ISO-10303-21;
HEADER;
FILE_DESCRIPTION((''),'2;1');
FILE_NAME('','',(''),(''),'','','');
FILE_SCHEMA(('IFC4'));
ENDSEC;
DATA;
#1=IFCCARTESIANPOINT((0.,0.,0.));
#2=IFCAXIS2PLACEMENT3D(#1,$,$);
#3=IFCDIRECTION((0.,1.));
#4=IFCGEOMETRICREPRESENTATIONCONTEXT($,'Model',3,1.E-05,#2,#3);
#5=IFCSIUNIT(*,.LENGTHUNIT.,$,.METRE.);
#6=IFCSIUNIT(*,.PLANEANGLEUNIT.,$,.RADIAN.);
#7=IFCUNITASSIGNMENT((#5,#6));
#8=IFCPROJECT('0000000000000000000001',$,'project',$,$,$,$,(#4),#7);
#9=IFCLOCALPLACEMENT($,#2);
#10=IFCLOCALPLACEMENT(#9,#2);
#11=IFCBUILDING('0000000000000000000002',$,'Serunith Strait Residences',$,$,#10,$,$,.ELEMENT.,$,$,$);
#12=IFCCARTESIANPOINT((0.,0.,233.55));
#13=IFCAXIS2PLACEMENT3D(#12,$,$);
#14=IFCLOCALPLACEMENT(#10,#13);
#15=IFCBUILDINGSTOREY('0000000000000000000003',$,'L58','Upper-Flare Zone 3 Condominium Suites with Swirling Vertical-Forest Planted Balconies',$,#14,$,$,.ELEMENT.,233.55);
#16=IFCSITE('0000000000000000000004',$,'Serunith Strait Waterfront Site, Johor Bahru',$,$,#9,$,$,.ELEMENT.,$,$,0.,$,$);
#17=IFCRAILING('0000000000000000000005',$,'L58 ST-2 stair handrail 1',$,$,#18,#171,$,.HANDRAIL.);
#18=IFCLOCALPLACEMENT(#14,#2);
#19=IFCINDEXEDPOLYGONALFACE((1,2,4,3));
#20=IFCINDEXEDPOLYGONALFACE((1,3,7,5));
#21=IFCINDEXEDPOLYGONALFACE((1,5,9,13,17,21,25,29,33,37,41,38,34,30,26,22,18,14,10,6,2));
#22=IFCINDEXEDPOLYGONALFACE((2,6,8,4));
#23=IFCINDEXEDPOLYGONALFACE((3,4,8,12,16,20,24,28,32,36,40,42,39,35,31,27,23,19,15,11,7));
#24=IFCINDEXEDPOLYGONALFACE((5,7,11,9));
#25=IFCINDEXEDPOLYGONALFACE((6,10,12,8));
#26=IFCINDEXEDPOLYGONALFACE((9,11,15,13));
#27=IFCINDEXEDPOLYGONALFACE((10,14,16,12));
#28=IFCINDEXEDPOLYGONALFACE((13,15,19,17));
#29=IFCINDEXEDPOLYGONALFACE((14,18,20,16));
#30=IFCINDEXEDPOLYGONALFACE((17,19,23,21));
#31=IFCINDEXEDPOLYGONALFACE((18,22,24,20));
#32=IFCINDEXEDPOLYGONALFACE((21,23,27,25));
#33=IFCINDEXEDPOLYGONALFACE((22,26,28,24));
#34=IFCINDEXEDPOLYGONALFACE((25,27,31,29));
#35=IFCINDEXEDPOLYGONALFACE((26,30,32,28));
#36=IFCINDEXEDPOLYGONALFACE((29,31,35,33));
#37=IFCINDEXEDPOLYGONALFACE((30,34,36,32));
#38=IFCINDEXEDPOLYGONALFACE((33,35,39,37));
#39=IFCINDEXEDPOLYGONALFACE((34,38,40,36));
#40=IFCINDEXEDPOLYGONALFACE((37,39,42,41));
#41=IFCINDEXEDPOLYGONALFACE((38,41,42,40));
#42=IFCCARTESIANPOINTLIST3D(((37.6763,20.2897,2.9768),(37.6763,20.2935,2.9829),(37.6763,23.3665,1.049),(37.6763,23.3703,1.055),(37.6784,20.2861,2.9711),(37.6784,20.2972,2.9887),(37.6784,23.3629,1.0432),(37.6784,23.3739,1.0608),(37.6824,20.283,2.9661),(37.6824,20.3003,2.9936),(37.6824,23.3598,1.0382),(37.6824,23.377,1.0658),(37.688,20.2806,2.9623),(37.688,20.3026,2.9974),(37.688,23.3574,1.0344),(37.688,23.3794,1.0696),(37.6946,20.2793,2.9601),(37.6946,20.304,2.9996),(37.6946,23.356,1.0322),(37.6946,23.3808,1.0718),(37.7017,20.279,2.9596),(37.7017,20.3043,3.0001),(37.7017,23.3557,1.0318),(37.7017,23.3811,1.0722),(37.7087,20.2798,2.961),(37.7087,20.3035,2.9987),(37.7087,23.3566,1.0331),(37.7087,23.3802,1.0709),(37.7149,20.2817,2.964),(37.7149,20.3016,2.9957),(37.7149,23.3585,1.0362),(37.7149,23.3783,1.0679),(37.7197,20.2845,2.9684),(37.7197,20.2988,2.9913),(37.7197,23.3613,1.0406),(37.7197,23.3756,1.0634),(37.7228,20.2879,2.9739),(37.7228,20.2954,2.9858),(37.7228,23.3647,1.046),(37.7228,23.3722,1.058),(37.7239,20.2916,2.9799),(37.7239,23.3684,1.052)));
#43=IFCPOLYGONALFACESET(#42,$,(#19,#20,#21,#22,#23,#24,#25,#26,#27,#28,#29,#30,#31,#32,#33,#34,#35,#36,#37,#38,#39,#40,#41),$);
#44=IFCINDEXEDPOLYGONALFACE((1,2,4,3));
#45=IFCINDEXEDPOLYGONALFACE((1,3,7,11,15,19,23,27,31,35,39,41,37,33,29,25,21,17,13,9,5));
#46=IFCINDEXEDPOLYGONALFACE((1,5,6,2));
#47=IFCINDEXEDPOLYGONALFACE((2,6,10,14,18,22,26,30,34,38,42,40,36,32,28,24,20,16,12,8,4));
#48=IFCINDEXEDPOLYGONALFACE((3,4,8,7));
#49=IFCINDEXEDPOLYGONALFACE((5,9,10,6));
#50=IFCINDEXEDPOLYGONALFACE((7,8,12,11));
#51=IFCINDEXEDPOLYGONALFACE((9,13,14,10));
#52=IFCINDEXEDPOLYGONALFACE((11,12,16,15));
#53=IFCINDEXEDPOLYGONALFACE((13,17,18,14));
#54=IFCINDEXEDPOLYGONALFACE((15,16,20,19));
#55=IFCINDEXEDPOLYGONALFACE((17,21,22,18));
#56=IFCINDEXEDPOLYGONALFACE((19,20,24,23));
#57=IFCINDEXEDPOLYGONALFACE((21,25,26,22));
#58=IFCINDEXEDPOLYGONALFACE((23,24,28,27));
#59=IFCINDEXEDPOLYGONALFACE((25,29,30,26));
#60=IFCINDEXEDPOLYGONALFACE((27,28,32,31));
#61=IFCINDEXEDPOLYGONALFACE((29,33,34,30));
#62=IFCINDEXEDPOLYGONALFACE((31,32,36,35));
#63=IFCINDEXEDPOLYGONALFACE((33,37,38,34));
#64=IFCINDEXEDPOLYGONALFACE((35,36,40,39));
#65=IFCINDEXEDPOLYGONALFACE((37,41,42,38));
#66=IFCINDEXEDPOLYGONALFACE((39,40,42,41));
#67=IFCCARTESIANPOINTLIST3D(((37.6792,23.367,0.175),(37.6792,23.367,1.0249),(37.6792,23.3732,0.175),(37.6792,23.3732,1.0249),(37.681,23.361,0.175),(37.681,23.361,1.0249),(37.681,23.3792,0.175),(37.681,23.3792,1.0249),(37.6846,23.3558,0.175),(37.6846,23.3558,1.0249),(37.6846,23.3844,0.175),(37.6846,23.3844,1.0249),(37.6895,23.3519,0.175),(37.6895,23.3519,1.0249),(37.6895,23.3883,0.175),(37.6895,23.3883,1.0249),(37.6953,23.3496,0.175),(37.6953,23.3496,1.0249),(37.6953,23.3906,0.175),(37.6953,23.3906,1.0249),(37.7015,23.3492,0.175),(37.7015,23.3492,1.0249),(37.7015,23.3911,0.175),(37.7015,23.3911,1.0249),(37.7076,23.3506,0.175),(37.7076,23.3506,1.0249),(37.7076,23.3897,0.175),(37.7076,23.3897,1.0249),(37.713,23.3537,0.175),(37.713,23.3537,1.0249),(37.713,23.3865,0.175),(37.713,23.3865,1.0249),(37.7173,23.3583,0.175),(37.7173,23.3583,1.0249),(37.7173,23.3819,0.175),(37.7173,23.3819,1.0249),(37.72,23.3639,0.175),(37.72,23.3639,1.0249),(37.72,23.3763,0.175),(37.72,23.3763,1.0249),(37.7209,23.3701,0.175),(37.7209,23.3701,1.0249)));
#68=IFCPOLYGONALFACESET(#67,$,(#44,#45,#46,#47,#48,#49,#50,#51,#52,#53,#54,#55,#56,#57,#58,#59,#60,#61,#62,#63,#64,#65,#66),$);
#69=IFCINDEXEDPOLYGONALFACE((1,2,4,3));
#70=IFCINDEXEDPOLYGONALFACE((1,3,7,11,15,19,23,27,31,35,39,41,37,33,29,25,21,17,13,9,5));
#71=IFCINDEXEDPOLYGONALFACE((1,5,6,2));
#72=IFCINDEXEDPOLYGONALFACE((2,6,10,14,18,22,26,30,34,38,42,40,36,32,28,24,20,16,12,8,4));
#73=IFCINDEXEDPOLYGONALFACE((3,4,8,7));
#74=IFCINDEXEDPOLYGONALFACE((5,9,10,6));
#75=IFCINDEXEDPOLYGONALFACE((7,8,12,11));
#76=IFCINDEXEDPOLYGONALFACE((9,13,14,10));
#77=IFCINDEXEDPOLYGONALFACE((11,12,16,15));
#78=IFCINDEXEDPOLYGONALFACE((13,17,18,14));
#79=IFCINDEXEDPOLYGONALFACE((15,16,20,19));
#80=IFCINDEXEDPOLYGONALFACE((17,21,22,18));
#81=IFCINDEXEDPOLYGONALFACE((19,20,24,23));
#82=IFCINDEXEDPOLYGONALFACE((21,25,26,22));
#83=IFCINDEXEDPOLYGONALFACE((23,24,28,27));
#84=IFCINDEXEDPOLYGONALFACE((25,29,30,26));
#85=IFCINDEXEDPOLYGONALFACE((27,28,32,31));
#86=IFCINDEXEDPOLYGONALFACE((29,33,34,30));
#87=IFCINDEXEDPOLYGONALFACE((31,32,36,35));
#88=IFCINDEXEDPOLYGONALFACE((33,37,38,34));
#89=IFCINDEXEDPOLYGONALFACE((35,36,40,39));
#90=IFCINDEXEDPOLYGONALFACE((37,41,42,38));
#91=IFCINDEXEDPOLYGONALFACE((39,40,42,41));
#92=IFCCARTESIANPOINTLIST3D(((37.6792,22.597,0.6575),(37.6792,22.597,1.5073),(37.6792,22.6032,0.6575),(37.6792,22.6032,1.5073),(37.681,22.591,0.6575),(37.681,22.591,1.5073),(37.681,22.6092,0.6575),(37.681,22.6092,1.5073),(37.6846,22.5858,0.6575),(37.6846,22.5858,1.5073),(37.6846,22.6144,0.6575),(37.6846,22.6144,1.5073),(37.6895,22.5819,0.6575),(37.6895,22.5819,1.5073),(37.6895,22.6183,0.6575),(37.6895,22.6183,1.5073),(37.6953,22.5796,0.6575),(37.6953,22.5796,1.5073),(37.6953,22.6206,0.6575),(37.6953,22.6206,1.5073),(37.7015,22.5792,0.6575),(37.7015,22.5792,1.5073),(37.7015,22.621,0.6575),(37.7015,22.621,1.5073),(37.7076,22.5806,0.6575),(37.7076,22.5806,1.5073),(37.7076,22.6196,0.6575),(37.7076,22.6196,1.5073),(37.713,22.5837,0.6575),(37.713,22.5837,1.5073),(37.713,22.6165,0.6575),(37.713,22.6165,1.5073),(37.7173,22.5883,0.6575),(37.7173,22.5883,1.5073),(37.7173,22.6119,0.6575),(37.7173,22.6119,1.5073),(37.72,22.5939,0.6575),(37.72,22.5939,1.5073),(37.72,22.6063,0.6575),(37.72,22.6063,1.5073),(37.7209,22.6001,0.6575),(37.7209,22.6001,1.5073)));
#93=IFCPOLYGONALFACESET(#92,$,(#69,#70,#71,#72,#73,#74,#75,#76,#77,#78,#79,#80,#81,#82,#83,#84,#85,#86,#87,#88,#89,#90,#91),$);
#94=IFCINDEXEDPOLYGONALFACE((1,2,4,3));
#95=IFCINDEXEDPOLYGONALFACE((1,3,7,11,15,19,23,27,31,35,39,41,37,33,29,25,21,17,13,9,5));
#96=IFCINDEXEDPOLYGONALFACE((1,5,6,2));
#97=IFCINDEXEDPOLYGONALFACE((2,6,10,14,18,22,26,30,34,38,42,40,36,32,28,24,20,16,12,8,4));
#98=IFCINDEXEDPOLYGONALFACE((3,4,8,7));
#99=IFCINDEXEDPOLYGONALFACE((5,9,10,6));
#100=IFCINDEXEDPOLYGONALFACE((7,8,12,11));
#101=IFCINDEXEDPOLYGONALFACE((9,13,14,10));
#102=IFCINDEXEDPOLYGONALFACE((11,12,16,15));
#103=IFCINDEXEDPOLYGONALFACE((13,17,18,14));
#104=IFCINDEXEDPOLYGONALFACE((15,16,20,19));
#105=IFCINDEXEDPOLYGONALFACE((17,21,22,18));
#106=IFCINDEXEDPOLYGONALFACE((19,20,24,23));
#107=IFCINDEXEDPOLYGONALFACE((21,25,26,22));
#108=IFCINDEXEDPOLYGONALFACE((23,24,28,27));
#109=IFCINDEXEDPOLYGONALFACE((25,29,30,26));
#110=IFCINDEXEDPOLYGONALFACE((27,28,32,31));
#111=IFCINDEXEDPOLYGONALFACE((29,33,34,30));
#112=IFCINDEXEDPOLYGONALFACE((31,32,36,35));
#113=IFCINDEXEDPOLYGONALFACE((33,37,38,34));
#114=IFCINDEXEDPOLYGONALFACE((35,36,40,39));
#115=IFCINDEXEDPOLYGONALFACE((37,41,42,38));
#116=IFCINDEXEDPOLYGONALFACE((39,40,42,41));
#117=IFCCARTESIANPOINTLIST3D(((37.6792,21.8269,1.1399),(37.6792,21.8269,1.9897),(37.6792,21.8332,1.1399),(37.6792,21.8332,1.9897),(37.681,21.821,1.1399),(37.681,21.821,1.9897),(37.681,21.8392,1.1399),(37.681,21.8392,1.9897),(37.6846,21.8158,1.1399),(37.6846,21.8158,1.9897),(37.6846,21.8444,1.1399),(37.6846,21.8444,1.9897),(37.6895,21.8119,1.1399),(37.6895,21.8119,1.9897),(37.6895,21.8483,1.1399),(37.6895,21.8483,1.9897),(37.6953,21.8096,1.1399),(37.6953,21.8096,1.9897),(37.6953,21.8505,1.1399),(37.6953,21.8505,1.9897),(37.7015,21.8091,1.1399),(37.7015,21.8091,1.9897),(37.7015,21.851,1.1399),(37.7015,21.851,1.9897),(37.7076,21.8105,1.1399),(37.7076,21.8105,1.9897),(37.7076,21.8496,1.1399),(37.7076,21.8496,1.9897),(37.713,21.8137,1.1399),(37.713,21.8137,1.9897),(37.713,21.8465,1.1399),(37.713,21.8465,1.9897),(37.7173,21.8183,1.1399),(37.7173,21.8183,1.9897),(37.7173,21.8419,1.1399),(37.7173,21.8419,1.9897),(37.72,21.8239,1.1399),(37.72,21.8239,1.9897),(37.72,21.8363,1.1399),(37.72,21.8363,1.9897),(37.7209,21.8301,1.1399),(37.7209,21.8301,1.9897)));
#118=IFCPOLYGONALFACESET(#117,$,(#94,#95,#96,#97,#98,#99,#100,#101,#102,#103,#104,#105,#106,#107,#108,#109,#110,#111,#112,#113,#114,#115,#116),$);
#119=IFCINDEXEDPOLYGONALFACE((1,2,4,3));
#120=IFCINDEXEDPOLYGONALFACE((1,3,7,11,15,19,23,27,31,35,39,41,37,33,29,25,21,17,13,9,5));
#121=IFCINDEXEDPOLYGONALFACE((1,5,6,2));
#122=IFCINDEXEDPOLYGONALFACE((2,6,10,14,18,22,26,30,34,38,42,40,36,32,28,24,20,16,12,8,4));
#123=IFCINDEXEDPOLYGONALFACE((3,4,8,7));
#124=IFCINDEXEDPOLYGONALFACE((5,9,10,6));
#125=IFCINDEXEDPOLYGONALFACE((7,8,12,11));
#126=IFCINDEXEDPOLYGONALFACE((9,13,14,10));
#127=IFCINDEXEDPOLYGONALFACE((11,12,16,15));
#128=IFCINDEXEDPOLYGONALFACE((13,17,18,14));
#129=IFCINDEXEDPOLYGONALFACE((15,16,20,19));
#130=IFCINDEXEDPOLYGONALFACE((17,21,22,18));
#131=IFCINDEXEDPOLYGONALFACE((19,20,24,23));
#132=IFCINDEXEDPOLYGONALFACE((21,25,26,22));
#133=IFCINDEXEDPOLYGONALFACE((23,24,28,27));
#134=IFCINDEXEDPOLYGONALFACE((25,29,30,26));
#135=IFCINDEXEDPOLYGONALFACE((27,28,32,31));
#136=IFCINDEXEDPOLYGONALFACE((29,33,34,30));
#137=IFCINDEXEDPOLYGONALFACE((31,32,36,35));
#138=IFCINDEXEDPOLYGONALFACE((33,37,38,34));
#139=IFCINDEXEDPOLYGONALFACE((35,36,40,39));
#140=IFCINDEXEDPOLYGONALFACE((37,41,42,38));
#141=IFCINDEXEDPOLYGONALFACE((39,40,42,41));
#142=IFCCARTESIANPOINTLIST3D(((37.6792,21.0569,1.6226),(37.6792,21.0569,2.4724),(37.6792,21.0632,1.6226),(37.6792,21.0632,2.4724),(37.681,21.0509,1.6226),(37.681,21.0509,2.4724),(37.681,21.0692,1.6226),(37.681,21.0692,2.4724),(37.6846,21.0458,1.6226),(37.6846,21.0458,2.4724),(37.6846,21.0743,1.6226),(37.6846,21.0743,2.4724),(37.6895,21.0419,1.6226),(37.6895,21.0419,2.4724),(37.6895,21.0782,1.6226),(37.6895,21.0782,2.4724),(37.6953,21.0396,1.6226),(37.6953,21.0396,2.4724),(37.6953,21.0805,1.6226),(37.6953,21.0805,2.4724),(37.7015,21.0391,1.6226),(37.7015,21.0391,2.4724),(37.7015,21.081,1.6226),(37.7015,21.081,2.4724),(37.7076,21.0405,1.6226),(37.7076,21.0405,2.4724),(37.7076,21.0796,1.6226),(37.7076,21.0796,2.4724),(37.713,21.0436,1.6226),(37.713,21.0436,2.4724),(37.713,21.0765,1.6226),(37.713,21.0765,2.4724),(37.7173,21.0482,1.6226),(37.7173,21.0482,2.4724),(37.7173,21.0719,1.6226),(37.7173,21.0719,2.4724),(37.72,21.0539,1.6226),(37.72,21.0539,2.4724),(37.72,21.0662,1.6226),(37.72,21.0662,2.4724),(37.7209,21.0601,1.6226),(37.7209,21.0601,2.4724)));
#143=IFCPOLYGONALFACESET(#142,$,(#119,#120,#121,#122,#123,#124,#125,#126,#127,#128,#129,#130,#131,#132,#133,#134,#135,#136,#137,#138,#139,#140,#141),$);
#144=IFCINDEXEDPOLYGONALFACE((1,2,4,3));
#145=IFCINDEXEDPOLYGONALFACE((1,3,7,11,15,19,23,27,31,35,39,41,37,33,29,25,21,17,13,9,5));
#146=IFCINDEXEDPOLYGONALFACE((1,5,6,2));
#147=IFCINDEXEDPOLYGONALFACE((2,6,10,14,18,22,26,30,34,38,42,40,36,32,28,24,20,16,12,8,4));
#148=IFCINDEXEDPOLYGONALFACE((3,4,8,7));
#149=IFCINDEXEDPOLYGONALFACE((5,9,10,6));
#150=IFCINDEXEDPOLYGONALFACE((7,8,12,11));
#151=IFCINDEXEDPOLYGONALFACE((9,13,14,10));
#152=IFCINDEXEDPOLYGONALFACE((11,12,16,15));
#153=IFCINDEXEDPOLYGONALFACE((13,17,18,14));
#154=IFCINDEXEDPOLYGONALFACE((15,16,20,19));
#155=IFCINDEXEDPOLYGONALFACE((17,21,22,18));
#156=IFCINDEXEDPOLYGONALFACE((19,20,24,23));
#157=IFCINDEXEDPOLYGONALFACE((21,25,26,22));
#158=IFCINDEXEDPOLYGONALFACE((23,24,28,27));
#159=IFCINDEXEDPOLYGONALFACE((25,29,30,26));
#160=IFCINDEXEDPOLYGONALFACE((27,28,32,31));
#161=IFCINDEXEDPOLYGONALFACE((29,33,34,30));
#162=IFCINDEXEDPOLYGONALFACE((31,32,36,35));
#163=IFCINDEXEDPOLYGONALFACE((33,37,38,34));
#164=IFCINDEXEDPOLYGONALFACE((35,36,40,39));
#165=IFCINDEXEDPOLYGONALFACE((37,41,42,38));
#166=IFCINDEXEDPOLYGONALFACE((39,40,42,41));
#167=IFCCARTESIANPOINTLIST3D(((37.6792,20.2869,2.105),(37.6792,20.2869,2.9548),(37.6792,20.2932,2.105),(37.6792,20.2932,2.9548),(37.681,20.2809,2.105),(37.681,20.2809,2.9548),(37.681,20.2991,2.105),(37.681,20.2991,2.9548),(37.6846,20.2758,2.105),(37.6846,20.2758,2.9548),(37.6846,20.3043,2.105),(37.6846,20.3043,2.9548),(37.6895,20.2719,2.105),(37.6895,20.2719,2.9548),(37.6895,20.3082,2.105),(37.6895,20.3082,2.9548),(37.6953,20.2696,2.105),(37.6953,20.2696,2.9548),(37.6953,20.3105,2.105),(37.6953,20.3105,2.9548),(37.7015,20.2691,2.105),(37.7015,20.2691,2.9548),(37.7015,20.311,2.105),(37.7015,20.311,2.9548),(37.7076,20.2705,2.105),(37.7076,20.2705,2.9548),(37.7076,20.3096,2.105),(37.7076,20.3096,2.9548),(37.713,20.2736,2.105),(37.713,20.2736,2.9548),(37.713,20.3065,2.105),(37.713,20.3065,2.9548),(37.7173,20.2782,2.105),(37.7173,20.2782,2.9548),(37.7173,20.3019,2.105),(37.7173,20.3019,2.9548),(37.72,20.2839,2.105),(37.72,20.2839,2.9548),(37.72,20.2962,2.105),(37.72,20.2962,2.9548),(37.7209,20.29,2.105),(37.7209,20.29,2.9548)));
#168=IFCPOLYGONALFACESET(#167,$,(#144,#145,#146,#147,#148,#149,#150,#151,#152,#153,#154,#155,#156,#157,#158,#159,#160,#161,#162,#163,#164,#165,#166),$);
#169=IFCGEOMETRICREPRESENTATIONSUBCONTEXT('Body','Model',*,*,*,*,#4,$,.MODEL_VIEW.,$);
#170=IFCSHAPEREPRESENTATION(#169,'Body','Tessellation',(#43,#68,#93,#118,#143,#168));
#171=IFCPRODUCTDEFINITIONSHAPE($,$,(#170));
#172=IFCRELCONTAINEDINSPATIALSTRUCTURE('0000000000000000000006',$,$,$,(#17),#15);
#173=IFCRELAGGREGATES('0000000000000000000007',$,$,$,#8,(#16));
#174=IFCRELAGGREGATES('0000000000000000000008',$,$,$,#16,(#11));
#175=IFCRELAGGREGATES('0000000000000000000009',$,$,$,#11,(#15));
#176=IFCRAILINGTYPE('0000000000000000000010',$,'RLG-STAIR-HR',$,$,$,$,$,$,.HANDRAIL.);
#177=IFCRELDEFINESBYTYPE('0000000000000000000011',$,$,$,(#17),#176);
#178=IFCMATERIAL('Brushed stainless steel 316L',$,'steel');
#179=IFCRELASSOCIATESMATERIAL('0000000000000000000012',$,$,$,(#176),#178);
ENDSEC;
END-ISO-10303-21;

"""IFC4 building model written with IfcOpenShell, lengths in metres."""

from ifc_helpers import new_model, si_unit, direction, frame, origin, origin_2d, place, context, subcontext, project, spatial, circle, extrude, material, type_object, element, save


model = new_model("IFC4")

# Units and contexts
model_context = context("Model", 3, precision=1e-05, world=origin(), true_north=direction((0.0, 1.0)))
body_context = subcontext(model_context, "Body", "Model", "MODEL_VIEW")
ifc_project = project(units=[si_unit("LENGTHUNIT", "METRE"), si_unit("PLANEANGLEUNIT", "RADIAN")], contexts=[model_context])

# Site, building, storey
site_placement = place(None, origin())
site = spatial("IfcSite", under=ifc_project, at=site_placement, Name="Serunith Strait Waterfront Site, Johor Bahru", CompositionType="ELEMENT", RefElevation=0.0)
building_placement = place(site_placement, origin())
building = spatial("IfcBuilding", under=site, at=building_placement, Name="Serunith Strait Residences", CompositionType="ELEMENT")
storey_placement = place(building_placement, frame((0.0, 0.0, 233.55)))
storey = spatial("IfcBuildingStorey", under=building, at=storey_placement, Name="L58", Description="Upper-Flare Zone 3 Condominium Suites with Swirling Vertical-Forest Planted Balconies", CompositionType="ELEMENT", Elevation=233.55)

# Railing
ifc_material_1 = material(Name="Brushed stainless steel 316L", Category="steel")
railing_type_1 = type_object("IfcRailingType", Name="RLG-STAIR-HR", PredefinedType="HANDRAIL", material=ifc_material_1)
railing_1_placement = place(storey_placement, frame((37.7, 23.3701, 0.175)))
element("IfcRailing", 1, at=railing_1_placement, inside=storey, type_object=railing_type_1, Name="L58 ST-2 stair handrail 1", PredefinedType="HANDRAIL", context=body_context, shape_type="SweptSolid", body=[
    extrude(circle(Radius=0.0239, at=origin_2d()), frame((0.0, -0.0017, 0.877), z_axis=(0.0, -0.847394, 0.530965), x_axis=(1.0, 0.0, 0.0)), (0.0, 0.0, 1.0), 3.6309),
    extrude(circle(Radius=0.021, at=origin_2d()), origin(), (0.0, 0.0, 1.0), 0.8499),
    extrude(circle(Radius=0.021, at=origin_2d()), frame((0.0, -0.77, 0.4824)), (0.0, 0.0, 1.0), 0.8499),
    extrude(circle(Radius=0.021, at=origin_2d()), frame((0.0, -1.54, 0.9648)), (0.0, 0.0, 1.0), 0.8499),
    extrude(circle(Radius=0.021, at=origin_2d()), frame((0.0, -2.3101, 1.4475)), (0.0, 0.0, 1.0), 0.8499),
    extrude(circle(Radius=0.021, at=origin_2d()), frame((0.0, -3.0801, 1.9299)), (0.0, 0.0, 1.0), 0.8499),
])

save(model, "model.ifc")
